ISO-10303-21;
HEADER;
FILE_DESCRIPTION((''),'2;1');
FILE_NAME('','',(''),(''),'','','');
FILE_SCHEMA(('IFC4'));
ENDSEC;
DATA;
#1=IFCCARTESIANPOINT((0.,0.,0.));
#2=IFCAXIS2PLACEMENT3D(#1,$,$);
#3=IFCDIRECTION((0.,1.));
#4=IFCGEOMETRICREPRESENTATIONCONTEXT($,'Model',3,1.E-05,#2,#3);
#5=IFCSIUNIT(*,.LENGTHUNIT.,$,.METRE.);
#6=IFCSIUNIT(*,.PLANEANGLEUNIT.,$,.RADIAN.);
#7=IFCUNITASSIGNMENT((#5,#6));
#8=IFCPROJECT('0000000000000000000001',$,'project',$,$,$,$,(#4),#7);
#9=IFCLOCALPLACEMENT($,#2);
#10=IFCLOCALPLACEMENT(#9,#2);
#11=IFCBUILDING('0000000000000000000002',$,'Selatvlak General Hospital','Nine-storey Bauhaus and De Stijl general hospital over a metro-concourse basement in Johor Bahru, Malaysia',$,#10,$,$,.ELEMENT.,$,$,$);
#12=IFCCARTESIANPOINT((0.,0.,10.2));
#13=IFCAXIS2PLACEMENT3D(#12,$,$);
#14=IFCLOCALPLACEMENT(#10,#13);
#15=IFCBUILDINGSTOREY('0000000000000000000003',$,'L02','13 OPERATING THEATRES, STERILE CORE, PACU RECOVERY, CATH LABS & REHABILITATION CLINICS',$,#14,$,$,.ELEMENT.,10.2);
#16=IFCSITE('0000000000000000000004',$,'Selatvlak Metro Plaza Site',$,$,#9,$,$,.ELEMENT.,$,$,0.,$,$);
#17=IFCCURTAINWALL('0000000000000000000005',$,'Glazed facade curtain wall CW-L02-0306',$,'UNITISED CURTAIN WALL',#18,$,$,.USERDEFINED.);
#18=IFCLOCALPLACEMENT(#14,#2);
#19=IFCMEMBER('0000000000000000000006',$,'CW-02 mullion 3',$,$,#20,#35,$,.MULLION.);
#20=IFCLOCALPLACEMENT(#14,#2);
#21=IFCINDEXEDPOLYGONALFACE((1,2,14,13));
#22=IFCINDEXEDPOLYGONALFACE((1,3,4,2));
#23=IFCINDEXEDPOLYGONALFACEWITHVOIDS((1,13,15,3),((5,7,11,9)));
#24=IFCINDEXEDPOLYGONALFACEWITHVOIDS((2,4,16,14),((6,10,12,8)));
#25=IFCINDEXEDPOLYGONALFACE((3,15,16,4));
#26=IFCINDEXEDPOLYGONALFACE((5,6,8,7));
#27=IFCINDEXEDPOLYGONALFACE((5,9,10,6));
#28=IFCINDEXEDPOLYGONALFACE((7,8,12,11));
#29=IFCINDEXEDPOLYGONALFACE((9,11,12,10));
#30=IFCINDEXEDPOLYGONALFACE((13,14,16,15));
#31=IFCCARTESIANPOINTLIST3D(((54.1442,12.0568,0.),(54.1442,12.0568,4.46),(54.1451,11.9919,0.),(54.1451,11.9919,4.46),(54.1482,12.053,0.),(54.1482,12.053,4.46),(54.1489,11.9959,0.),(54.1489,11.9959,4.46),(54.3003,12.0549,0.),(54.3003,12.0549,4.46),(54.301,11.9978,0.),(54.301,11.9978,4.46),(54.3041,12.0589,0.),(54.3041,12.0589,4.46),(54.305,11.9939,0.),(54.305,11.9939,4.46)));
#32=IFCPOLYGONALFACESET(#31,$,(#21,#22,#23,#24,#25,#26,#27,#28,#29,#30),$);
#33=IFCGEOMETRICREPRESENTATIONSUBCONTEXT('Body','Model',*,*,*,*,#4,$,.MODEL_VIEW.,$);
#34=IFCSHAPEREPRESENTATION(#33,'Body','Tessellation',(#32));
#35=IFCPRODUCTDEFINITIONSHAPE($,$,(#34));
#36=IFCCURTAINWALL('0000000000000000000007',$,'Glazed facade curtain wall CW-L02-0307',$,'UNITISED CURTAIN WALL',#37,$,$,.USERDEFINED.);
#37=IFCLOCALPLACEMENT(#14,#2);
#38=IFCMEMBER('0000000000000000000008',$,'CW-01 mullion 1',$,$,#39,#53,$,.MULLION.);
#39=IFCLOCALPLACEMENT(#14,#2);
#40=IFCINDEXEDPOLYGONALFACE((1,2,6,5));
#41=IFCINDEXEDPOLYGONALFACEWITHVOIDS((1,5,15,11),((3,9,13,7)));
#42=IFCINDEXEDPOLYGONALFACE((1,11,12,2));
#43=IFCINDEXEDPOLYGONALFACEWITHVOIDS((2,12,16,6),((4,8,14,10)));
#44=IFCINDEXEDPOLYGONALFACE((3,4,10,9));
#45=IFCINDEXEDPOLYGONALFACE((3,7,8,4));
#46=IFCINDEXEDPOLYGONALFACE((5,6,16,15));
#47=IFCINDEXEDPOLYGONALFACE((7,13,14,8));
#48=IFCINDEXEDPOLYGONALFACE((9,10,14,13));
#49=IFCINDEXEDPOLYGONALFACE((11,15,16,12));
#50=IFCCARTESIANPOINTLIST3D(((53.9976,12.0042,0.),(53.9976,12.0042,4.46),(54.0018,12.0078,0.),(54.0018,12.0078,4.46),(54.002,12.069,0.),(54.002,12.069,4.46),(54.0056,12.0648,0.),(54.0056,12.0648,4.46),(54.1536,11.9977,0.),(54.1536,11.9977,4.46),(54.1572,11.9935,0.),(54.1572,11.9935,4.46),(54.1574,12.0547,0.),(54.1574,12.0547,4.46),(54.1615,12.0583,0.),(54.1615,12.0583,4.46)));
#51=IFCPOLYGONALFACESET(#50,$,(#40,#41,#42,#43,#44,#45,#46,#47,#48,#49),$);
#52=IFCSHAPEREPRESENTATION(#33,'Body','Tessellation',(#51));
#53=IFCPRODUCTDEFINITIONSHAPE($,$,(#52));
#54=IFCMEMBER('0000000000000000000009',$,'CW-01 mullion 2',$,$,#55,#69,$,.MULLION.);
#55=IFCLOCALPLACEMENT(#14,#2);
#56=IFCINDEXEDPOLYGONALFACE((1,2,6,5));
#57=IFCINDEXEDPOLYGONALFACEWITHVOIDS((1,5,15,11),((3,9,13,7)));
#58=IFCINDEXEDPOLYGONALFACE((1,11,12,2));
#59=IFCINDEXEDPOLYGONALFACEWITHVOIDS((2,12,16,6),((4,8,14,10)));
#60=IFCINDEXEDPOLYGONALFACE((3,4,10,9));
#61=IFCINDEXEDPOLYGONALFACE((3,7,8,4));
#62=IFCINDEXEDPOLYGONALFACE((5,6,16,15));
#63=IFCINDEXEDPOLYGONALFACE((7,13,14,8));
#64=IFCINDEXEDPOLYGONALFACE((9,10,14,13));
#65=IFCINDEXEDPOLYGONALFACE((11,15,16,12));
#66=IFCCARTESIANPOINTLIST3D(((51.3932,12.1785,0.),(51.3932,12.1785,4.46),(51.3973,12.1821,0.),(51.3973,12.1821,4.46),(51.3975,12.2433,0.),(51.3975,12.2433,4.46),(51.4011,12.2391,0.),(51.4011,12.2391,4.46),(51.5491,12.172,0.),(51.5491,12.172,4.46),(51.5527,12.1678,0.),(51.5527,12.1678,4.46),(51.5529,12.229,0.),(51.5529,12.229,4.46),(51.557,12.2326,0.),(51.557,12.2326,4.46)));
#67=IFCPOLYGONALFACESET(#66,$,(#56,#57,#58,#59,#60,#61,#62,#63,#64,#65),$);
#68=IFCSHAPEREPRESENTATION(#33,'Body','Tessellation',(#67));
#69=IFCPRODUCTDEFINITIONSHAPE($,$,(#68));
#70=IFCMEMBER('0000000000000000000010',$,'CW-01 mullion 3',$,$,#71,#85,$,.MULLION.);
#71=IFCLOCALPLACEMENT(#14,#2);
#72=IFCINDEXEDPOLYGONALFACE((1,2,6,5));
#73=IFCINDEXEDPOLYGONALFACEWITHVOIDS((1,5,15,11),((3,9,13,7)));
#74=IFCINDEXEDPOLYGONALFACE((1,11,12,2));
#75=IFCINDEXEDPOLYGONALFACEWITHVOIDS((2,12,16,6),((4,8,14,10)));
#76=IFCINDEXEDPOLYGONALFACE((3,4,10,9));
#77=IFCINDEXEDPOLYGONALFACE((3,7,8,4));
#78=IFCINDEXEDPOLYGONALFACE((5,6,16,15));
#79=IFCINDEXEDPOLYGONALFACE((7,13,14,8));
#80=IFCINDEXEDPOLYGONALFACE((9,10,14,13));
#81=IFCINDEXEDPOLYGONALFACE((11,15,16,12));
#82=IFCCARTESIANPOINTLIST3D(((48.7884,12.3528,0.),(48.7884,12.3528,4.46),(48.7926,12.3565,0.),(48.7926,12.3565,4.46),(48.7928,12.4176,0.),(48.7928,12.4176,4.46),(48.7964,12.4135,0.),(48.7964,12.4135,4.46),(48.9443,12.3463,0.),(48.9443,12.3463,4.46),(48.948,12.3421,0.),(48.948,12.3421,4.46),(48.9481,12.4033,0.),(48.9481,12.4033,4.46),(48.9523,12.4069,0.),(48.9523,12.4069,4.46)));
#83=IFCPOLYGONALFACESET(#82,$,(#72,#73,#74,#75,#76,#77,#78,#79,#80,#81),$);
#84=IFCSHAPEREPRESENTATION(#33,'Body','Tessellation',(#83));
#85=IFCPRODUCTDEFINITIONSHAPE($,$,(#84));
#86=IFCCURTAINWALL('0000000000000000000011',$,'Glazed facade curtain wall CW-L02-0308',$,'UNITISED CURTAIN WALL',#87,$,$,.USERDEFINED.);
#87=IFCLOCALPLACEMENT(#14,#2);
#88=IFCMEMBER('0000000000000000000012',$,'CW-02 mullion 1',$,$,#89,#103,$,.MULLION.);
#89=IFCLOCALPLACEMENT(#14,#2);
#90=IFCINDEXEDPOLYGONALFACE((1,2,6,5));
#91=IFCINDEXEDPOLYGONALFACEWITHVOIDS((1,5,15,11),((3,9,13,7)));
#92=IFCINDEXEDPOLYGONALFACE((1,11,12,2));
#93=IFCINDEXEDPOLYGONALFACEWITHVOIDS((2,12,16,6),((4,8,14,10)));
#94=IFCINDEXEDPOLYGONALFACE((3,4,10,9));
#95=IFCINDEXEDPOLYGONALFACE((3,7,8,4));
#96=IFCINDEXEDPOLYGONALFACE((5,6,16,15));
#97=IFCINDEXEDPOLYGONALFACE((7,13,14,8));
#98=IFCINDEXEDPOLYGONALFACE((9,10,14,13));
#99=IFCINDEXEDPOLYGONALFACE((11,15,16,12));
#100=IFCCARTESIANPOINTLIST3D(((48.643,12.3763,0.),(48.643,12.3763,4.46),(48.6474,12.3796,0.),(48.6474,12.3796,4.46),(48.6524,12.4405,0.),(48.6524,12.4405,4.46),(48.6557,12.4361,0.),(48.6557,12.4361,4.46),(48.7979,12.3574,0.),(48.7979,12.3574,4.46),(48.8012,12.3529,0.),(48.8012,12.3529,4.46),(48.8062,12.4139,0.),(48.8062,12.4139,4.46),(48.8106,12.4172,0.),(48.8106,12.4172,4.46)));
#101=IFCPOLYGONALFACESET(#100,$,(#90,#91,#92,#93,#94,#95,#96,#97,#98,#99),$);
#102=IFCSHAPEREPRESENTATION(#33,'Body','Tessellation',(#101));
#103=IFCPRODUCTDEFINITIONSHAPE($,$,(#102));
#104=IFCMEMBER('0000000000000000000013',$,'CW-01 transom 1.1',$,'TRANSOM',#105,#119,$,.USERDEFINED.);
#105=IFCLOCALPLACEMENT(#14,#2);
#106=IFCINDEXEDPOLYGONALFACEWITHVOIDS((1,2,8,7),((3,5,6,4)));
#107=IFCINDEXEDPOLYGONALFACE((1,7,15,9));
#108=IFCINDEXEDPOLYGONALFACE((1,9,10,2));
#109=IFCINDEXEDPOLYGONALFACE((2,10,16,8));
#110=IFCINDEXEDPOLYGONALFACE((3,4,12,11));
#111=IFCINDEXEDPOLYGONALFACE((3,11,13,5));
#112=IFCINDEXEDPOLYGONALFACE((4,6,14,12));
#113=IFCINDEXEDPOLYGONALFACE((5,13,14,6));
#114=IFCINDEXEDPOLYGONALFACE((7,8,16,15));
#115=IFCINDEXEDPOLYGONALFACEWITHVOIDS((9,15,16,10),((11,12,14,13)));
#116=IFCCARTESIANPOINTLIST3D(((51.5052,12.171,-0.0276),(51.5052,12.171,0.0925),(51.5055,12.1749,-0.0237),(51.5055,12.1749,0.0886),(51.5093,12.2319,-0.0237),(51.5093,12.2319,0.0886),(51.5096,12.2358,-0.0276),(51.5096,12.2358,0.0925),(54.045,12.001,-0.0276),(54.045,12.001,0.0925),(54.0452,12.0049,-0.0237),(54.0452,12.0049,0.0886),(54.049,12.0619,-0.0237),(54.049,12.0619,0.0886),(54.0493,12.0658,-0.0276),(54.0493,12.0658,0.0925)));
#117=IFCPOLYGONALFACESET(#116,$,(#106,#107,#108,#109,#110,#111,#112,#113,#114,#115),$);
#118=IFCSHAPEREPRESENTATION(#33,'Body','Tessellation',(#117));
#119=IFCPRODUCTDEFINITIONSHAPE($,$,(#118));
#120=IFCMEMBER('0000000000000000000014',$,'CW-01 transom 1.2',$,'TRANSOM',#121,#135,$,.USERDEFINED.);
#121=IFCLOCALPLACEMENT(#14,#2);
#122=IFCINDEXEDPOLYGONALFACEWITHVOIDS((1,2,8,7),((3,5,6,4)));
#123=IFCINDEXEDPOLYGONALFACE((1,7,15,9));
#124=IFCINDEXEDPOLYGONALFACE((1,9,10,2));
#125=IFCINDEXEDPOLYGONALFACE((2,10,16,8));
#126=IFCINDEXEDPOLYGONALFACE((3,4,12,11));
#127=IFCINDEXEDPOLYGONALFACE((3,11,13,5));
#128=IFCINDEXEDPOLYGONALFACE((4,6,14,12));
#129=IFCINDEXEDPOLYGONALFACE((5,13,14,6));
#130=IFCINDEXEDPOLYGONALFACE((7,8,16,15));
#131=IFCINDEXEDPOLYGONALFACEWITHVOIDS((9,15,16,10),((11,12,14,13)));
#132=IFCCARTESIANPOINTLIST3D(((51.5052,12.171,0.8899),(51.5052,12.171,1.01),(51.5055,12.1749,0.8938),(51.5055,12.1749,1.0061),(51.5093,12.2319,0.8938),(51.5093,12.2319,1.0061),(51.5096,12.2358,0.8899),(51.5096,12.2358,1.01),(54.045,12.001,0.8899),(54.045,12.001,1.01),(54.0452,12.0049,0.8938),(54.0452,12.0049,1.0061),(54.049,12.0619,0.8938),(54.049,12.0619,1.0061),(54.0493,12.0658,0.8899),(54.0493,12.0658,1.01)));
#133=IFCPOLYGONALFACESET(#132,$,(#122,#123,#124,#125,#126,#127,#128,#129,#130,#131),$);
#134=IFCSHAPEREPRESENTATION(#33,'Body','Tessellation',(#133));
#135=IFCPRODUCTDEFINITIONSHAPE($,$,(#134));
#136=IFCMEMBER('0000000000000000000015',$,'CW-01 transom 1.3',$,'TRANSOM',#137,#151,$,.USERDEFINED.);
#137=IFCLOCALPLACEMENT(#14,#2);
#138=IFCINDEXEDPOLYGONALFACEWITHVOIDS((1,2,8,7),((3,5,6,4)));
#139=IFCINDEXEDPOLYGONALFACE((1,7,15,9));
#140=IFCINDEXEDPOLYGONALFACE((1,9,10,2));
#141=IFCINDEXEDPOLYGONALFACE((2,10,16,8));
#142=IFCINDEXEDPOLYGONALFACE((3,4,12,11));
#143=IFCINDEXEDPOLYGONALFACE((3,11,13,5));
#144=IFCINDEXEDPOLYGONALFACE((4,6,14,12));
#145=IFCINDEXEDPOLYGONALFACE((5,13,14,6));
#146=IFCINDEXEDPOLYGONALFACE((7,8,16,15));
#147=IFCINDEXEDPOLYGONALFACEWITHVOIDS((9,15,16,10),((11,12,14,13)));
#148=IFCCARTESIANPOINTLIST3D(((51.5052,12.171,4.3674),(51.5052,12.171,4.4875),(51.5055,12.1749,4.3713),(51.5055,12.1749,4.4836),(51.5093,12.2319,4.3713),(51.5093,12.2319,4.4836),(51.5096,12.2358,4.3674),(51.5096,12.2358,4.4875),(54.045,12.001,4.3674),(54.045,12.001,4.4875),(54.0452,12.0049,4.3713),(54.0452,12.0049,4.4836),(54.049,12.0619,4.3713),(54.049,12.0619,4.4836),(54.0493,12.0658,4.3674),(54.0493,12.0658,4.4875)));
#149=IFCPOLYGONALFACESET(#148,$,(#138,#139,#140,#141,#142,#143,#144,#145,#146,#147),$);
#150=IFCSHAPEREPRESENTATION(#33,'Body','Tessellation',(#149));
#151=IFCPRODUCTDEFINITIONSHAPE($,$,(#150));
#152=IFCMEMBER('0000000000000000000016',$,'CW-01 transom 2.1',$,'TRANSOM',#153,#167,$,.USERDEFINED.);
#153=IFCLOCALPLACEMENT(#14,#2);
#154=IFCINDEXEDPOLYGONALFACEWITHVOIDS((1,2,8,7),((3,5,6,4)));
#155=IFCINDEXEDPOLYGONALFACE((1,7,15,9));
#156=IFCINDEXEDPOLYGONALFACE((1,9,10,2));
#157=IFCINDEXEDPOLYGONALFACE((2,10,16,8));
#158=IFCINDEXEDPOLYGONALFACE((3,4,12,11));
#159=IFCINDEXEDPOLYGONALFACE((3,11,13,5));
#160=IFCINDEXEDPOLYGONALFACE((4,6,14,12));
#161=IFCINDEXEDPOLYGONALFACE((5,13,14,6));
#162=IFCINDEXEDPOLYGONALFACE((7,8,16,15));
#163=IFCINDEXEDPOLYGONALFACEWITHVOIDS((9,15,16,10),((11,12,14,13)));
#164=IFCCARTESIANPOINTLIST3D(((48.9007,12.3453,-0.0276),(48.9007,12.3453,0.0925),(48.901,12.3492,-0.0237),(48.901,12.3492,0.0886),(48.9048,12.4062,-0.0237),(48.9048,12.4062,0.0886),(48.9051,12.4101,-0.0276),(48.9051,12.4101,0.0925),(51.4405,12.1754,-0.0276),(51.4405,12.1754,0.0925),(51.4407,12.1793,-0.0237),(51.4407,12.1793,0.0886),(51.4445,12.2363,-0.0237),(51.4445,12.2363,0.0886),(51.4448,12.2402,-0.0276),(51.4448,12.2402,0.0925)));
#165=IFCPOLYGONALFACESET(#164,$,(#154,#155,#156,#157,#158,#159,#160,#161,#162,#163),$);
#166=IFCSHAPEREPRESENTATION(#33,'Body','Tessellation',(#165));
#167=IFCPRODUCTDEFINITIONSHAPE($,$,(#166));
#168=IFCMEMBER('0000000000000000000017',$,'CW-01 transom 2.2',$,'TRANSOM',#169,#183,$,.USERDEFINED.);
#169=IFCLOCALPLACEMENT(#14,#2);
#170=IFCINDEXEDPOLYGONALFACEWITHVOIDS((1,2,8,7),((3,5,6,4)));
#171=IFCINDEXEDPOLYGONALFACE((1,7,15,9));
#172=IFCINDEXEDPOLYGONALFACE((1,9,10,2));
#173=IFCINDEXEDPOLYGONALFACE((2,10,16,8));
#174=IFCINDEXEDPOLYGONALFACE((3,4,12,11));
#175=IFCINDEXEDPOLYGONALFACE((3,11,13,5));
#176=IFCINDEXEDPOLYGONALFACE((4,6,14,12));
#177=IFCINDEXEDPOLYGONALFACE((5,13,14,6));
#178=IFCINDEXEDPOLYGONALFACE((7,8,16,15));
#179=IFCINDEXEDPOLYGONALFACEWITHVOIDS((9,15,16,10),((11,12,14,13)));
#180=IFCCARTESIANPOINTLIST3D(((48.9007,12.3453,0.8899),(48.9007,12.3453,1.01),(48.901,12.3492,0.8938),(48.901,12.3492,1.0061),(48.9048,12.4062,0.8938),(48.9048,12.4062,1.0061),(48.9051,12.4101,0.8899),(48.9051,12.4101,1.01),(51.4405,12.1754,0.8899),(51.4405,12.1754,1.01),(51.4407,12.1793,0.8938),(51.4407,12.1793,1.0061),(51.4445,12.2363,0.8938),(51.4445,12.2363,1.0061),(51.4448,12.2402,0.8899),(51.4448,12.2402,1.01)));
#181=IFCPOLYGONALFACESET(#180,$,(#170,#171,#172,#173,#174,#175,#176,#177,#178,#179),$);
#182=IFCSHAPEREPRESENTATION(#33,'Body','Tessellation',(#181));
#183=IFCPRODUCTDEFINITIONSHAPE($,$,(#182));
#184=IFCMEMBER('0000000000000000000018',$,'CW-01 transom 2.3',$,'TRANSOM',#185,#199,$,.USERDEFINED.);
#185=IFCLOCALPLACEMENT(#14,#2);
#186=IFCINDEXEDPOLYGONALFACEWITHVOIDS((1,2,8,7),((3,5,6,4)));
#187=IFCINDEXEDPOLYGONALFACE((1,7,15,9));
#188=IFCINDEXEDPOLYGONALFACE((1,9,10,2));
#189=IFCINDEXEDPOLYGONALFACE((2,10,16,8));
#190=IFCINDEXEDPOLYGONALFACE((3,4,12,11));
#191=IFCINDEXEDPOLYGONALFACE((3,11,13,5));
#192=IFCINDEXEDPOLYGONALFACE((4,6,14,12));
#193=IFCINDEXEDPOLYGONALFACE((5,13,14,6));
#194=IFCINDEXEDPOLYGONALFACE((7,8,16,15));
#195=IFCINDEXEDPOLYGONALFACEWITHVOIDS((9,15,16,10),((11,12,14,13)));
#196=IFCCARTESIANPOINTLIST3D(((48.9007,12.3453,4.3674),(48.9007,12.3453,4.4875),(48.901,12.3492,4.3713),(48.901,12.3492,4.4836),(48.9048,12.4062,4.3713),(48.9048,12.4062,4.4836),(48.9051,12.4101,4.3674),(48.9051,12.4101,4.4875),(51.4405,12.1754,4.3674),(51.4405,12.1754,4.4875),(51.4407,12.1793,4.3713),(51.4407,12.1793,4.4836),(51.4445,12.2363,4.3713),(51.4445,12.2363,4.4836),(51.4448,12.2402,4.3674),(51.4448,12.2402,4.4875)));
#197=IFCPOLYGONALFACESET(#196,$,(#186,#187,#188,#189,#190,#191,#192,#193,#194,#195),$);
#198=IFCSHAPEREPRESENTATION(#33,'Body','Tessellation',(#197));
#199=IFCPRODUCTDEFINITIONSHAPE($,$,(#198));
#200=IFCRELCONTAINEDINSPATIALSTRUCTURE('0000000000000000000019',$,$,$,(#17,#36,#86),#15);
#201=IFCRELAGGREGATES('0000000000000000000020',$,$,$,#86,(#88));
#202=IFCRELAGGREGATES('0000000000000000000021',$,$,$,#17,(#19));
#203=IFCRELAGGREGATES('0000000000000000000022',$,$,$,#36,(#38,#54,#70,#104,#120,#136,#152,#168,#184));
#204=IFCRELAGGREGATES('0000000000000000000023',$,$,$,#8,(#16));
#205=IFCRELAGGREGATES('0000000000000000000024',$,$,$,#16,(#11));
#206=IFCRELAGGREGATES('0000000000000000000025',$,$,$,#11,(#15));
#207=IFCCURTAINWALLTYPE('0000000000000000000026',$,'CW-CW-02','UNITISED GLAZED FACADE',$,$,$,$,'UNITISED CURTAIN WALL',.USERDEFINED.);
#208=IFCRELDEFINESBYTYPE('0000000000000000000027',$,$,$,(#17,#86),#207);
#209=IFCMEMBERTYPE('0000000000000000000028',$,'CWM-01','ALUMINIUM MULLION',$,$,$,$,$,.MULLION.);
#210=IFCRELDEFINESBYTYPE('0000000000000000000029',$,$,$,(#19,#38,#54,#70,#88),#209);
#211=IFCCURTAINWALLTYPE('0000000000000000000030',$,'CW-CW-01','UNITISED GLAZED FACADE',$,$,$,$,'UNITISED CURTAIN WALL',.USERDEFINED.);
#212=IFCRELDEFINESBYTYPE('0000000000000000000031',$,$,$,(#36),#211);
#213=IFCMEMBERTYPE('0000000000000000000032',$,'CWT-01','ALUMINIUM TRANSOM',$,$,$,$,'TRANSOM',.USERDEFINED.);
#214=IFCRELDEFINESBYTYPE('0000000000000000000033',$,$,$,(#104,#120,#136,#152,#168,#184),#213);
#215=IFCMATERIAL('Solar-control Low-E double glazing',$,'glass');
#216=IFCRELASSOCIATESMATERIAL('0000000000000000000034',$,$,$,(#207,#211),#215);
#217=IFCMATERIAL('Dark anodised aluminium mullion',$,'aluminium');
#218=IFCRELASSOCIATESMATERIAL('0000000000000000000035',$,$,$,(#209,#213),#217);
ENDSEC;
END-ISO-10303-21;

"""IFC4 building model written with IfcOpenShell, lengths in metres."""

from ifc_helpers import new_model, si_unit, direction, frame, origin, origin_2d, place, context, subcontext, project, spatial, hollow_rectangle, extrude, material, material_profile, profile_set, type_object, element, aggregate, save


model = new_model("IFC4")

# Units and contexts
model_context = context("Model", 3, precision=1e-05, world=origin(), true_north=direction((0.0, 1.0)))
body_context = subcontext(model_context, "Body", "Model", "MODEL_VIEW")
ifc_project = project(units=[si_unit("LENGTHUNIT", "METRE"), si_unit("PLANEANGLEUNIT", "RADIAN")], contexts=[model_context])

# Site, building, storey
site_placement = place(None, origin())
site = spatial("IfcSite", under=ifc_project, at=site_placement, Name="Selatvlak Metro Plaza Site", CompositionType="ELEMENT", RefElevation=0.0)
building_placement = place(site_placement, origin())
building = spatial("IfcBuilding", under=site, at=building_placement, Name="Selatvlak General Hospital", Description="Nine-storey Bauhaus and De Stijl general hospital over a metro-concourse basement in Johor Bahru, Malaysia", CompositionType="ELEMENT")
storey_placement = place(building_placement, frame((0.0, 0.0, 10.2)))
storey = spatial("IfcBuildingStorey", under=building, at=storey_placement, Name="L02", Description="13 OPERATING THEATRES, STERILE CORE, PACU RECOVERY, CATH LABS & REHABILITATION CLINICS", CompositionType="ELEMENT", Elevation=10.2)

# Curtain wall, member
ifc_material_1 = material(Name="Solar-control Low-E double glazing", Category="glass")
curtain_wall_type_1 = type_object("IfcCurtainWallType", Name="CW-CW-02", Description="UNITISED GLAZED FACADE", ElementType="UNITISED CURTAIN WALL", PredefinedType="USERDEFINED", material=ifc_material_1)
curtain_wall_1_placement = place(storey_placement, origin())
curtain_wall_1 = element("IfcCurtainWall", 1, at=curtain_wall_1_placement, inside=storey, type_object=curtain_wall_type_1, Name="Glazed facade curtain wall CW-L02-0306", ObjectType="UNITISED CURTAIN WALL", PredefinedType="USERDEFINED")
ifc_material_2 = material(Name="Dark anodised aluminium mullion", Category="aluminium")
ifc_material_profile_1 = material_profile(ifc_material_2, hollow_rectangle(XDim=0.0649, YDim=0.1599, WallThickness=0.0039, at=origin_2d()), Name="AL-MUL 65x160x4")
ifc_profile_set_1 = profile_set([ifc_material_profile_1], Name="Dark anodised aluminium mullion")
member_type_1 = type_object("IfcMemberType", Name="CWM-01", Description="ALUMINIUM MULLION", PredefinedType="MULLION", material=ifc_profile_set_1)
member_1_placement = place(storey_placement, frame((54.2246, 12.0254, 0.0), z_axis=(0.0, 0.0, 1.0), x_axis=(0.012672, -0.99992, 0.0)))
member_1 = element("IfcMember", 2, at=member_1_placement, type_object=member_type_1, Name="CW-02 mullion 3", PredefinedType="MULLION", context=body_context, shape_type="SweptSolid", body=[
    extrude(hollow_rectangle(XDim=0.0649, YDim=0.1599, WallThickness=0.0039, at=origin_2d()), origin(), (0.0, 0.0, 1.0), 4.46),
])

# Curtain wall, members
curtain_wall_type_2 = type_object("IfcCurtainWallType", Name="CW-CW-01", Description="UNITISED GLAZED FACADE", ElementType="UNITISED CURTAIN WALL", PredefinedType="USERDEFINED", material=ifc_material_1)
curtain_wall_2_placement = place(storey_placement, origin())
curtain_wall_2 = element("IfcCurtainWall", 3, at=curtain_wall_2_placement, inside=storey, type_object=curtain_wall_type_2, Name="Glazed facade curtain wall CW-L02-0307", ObjectType="UNITISED CURTAIN WALL", PredefinedType="USERDEFINED")
member_2_placement = place(storey_placement, frame((54.0796, 12.0312, 0.0), z_axis=(0.0, 0.0, 1.0), x_axis=(-0.066783, -0.997768, 0.0)))
member_2 = element("IfcMember", 4, at=member_2_placement, type_object=member_type_1, Name="CW-01 mullion 1", PredefinedType="MULLION", context=body_context, shape_type="SweptSolid", body=[
    extrude(hollow_rectangle(XDim=0.0649, YDim=0.1599, WallThickness=0.0039, at=origin_2d()), origin(), (0.0, 0.0, 1.0), 4.46),
])
member_3_placement = place(storey_placement, frame((51.4751, 12.2056, 0.0), z_axis=(0.0, 0.0, 1.0), x_axis=(-0.066783, -0.997768, 0.0)))
member_3 = element("IfcMember", 5, at=member_3_placement, type_object=member_type_1, Name="CW-01 mullion 2", PredefinedType="MULLION", context=body_context, shape_type="SweptSolid", body=[
    extrude(hollow_rectangle(XDim=0.0649, YDim=0.1599, WallThickness=0.0039, at=origin_2d()), origin(), (0.0, 0.0, 1.0), 4.46),
])
member_4_placement = place(storey_placement, frame((48.8704, 12.3799, 0.0), z_axis=(0.0, 0.0, 1.0), x_axis=(-0.066783, -0.997768, 0.0)))
member_4 = element("IfcMember", 6, at=member_4_placement, type_object=member_type_1, Name="CW-01 mullion 3", PredefinedType="MULLION", context=body_context, shape_type="SweptSolid", body=[
    extrude(hollow_rectangle(XDim=0.0649, YDim=0.1599, WallThickness=0.0039, at=origin_2d()), origin(), (0.0, 0.0, 1.0), 4.46),
])

# Curtain wall, member
curtain_wall_3_placement = place(storey_placement, origin())
curtain_wall_3 = element("IfcCurtainWall", 7, at=curtain_wall_3_placement, inside=storey, type_object=curtain_wall_type_1, Name="Glazed facade curtain wall CW-L02-0308", ObjectType="UNITISED CURTAIN WALL", PredefinedType="USERDEFINED")
member_5_placement = place(storey_placement, frame((48.7268, 12.3967, 0.0), z_axis=(0.0, 0.0, 1.0), x_axis=(-0.145843, -0.989308, 0.0)))
member_5 = element("IfcMember", 8, at=member_5_placement, type_object=member_type_1, Name="CW-02 mullion 1", PredefinedType="MULLION", context=body_context, shape_type="SweptSolid", body=[
    extrude(hollow_rectangle(XDim=0.0649, YDim=0.1599, WallThickness=0.0039, at=origin_2d()), origin(), (0.0, 0.0, 1.0), 4.46),
])

# Members
ifc_material_profile_2 = material_profile(ifc_material_2, hollow_rectangle(XDim=0.0649, YDim=0.1201, WallThickness=0.0039, at=origin_2d()), Name="AL-TRN 65x120x4")
ifc_profile_set_2 = profile_set([ifc_material_profile_2], Name="Dark anodised aluminium mullion")
member_type_2 = type_object("IfcMemberType", Name="CWT-01", Description="ALUMINIUM TRANSOM", ElementType="TRANSOM", PredefinedType="USERDEFINED", material=ifc_profile_set_2)
member_6_placement = place(storey_placement, frame((54.0471, 12.0334, 0.0325), z_axis=(-0.997769, 0.066755, 0.0), x_axis=(-0.066755, -0.997769, 0.0)))
member_6 = element("IfcMember", 9, at=member_6_placement, type_object=member_type_2, Name="CW-01 transom 1.1", ObjectType="TRANSOM", PredefinedType="USERDEFINED", context=body_context, shape_type="SweptSolid", body=[
    extrude(hollow_rectangle(XDim=0.0649, YDim=0.1201, WallThickness=0.0039, at=origin_2d()), origin(), (0.0, 0.0, 1.0), 2.5454),
])
member_7_placement = place(storey_placement, frame((54.0471, 12.0334, 0.95), z_axis=(-0.997769, 0.066755, 0.0), x_axis=(-0.066755, -0.997769, 0.0)))
member_7 = element("IfcMember", 10, at=member_7_placement, type_object=member_type_2, Name="CW-01 transom 1.2", ObjectType="TRANSOM", PredefinedType="USERDEFINED", context=body_context, shape_type="SweptSolid", body=[
    extrude(hollow_rectangle(XDim=0.0649, YDim=0.1201, WallThickness=0.0039, at=origin_2d()), origin(), (0.0, 0.0, 1.0), 2.5454),
])
member_8_placement = place(storey_placement, frame((54.0471, 12.0334, 4.4275), z_axis=(-0.997769, 0.066755, 0.0), x_axis=(-0.066755, -0.997769, 0.0)))
member_8 = element("IfcMember", 11, at=member_8_placement, type_object=member_type_2, Name="CW-01 transom 1.3", ObjectType="TRANSOM", PredefinedType="USERDEFINED", context=body_context, shape_type="SweptSolid", body=[
    extrude(hollow_rectangle(XDim=0.0649, YDim=0.1201, WallThickness=0.0039, at=origin_2d()), origin(), (0.0, 0.0, 1.0), 2.5454),
])
member_9_placement = place(storey_placement, frame((51.4426, 12.2078, 0.0325), z_axis=(-0.997769, 0.066755, 0.0), x_axis=(-0.066755, -0.997769, 0.0)))
member_9 = element("IfcMember", 12, at=member_9_placement, type_object=member_type_2, Name="CW-01 transom 2.1", ObjectType="TRANSOM", PredefinedType="USERDEFINED", context=body_context, shape_type="SweptSolid", body=[
    extrude(hollow_rectangle(XDim=0.0649, YDim=0.1201, WallThickness=0.0039, at=origin_2d()), origin(), (0.0, 0.0, 1.0), 2.5454),
])
member_10_placement = place(storey_placement, frame((51.4426, 12.2078, 0.95), z_axis=(-0.997769, 0.066755, 0.0), x_axis=(-0.066755, -0.997769, 0.0)))
member_10 = element("IfcMember", 13, at=member_10_placement, type_object=member_type_2, Name="CW-01 transom 2.2", ObjectType="TRANSOM", PredefinedType="USERDEFINED", context=body_context, shape_type="SweptSolid", body=[
    extrude(hollow_rectangle(XDim=0.0649, YDim=0.1201, WallThickness=0.0039, at=origin_2d()), origin(), (0.0, 0.0, 1.0), 2.5454),
])
member_11_placement = place(storey_placement, frame((51.4426, 12.2078, 4.4275), z_axis=(-0.997769, 0.066755, 0.0), x_axis=(-0.066755, -0.997769, 0.0)))
member_11 = element("IfcMember", 14, at=member_11_placement, type_object=member_type_2, Name="CW-01 transom 2.3", ObjectType="TRANSOM", PredefinedType="USERDEFINED", context=body_context, shape_type="SweptSolid", body=[
    extrude(hollow_rectangle(XDim=0.0649, YDim=0.1201, WallThickness=0.0039, at=origin_2d()), origin(), (0.0, 0.0, 1.0), 2.5454),
])
aggregate(curtain_wall_3, [member_5])

aggregate(curtain_wall_1, [member_1])
aggregate(curtain_wall_2, [member_2, member_3, member_4, member_6, member_7, member_8, member_9, member_10, member_11])

save(model, "model.ifc")
